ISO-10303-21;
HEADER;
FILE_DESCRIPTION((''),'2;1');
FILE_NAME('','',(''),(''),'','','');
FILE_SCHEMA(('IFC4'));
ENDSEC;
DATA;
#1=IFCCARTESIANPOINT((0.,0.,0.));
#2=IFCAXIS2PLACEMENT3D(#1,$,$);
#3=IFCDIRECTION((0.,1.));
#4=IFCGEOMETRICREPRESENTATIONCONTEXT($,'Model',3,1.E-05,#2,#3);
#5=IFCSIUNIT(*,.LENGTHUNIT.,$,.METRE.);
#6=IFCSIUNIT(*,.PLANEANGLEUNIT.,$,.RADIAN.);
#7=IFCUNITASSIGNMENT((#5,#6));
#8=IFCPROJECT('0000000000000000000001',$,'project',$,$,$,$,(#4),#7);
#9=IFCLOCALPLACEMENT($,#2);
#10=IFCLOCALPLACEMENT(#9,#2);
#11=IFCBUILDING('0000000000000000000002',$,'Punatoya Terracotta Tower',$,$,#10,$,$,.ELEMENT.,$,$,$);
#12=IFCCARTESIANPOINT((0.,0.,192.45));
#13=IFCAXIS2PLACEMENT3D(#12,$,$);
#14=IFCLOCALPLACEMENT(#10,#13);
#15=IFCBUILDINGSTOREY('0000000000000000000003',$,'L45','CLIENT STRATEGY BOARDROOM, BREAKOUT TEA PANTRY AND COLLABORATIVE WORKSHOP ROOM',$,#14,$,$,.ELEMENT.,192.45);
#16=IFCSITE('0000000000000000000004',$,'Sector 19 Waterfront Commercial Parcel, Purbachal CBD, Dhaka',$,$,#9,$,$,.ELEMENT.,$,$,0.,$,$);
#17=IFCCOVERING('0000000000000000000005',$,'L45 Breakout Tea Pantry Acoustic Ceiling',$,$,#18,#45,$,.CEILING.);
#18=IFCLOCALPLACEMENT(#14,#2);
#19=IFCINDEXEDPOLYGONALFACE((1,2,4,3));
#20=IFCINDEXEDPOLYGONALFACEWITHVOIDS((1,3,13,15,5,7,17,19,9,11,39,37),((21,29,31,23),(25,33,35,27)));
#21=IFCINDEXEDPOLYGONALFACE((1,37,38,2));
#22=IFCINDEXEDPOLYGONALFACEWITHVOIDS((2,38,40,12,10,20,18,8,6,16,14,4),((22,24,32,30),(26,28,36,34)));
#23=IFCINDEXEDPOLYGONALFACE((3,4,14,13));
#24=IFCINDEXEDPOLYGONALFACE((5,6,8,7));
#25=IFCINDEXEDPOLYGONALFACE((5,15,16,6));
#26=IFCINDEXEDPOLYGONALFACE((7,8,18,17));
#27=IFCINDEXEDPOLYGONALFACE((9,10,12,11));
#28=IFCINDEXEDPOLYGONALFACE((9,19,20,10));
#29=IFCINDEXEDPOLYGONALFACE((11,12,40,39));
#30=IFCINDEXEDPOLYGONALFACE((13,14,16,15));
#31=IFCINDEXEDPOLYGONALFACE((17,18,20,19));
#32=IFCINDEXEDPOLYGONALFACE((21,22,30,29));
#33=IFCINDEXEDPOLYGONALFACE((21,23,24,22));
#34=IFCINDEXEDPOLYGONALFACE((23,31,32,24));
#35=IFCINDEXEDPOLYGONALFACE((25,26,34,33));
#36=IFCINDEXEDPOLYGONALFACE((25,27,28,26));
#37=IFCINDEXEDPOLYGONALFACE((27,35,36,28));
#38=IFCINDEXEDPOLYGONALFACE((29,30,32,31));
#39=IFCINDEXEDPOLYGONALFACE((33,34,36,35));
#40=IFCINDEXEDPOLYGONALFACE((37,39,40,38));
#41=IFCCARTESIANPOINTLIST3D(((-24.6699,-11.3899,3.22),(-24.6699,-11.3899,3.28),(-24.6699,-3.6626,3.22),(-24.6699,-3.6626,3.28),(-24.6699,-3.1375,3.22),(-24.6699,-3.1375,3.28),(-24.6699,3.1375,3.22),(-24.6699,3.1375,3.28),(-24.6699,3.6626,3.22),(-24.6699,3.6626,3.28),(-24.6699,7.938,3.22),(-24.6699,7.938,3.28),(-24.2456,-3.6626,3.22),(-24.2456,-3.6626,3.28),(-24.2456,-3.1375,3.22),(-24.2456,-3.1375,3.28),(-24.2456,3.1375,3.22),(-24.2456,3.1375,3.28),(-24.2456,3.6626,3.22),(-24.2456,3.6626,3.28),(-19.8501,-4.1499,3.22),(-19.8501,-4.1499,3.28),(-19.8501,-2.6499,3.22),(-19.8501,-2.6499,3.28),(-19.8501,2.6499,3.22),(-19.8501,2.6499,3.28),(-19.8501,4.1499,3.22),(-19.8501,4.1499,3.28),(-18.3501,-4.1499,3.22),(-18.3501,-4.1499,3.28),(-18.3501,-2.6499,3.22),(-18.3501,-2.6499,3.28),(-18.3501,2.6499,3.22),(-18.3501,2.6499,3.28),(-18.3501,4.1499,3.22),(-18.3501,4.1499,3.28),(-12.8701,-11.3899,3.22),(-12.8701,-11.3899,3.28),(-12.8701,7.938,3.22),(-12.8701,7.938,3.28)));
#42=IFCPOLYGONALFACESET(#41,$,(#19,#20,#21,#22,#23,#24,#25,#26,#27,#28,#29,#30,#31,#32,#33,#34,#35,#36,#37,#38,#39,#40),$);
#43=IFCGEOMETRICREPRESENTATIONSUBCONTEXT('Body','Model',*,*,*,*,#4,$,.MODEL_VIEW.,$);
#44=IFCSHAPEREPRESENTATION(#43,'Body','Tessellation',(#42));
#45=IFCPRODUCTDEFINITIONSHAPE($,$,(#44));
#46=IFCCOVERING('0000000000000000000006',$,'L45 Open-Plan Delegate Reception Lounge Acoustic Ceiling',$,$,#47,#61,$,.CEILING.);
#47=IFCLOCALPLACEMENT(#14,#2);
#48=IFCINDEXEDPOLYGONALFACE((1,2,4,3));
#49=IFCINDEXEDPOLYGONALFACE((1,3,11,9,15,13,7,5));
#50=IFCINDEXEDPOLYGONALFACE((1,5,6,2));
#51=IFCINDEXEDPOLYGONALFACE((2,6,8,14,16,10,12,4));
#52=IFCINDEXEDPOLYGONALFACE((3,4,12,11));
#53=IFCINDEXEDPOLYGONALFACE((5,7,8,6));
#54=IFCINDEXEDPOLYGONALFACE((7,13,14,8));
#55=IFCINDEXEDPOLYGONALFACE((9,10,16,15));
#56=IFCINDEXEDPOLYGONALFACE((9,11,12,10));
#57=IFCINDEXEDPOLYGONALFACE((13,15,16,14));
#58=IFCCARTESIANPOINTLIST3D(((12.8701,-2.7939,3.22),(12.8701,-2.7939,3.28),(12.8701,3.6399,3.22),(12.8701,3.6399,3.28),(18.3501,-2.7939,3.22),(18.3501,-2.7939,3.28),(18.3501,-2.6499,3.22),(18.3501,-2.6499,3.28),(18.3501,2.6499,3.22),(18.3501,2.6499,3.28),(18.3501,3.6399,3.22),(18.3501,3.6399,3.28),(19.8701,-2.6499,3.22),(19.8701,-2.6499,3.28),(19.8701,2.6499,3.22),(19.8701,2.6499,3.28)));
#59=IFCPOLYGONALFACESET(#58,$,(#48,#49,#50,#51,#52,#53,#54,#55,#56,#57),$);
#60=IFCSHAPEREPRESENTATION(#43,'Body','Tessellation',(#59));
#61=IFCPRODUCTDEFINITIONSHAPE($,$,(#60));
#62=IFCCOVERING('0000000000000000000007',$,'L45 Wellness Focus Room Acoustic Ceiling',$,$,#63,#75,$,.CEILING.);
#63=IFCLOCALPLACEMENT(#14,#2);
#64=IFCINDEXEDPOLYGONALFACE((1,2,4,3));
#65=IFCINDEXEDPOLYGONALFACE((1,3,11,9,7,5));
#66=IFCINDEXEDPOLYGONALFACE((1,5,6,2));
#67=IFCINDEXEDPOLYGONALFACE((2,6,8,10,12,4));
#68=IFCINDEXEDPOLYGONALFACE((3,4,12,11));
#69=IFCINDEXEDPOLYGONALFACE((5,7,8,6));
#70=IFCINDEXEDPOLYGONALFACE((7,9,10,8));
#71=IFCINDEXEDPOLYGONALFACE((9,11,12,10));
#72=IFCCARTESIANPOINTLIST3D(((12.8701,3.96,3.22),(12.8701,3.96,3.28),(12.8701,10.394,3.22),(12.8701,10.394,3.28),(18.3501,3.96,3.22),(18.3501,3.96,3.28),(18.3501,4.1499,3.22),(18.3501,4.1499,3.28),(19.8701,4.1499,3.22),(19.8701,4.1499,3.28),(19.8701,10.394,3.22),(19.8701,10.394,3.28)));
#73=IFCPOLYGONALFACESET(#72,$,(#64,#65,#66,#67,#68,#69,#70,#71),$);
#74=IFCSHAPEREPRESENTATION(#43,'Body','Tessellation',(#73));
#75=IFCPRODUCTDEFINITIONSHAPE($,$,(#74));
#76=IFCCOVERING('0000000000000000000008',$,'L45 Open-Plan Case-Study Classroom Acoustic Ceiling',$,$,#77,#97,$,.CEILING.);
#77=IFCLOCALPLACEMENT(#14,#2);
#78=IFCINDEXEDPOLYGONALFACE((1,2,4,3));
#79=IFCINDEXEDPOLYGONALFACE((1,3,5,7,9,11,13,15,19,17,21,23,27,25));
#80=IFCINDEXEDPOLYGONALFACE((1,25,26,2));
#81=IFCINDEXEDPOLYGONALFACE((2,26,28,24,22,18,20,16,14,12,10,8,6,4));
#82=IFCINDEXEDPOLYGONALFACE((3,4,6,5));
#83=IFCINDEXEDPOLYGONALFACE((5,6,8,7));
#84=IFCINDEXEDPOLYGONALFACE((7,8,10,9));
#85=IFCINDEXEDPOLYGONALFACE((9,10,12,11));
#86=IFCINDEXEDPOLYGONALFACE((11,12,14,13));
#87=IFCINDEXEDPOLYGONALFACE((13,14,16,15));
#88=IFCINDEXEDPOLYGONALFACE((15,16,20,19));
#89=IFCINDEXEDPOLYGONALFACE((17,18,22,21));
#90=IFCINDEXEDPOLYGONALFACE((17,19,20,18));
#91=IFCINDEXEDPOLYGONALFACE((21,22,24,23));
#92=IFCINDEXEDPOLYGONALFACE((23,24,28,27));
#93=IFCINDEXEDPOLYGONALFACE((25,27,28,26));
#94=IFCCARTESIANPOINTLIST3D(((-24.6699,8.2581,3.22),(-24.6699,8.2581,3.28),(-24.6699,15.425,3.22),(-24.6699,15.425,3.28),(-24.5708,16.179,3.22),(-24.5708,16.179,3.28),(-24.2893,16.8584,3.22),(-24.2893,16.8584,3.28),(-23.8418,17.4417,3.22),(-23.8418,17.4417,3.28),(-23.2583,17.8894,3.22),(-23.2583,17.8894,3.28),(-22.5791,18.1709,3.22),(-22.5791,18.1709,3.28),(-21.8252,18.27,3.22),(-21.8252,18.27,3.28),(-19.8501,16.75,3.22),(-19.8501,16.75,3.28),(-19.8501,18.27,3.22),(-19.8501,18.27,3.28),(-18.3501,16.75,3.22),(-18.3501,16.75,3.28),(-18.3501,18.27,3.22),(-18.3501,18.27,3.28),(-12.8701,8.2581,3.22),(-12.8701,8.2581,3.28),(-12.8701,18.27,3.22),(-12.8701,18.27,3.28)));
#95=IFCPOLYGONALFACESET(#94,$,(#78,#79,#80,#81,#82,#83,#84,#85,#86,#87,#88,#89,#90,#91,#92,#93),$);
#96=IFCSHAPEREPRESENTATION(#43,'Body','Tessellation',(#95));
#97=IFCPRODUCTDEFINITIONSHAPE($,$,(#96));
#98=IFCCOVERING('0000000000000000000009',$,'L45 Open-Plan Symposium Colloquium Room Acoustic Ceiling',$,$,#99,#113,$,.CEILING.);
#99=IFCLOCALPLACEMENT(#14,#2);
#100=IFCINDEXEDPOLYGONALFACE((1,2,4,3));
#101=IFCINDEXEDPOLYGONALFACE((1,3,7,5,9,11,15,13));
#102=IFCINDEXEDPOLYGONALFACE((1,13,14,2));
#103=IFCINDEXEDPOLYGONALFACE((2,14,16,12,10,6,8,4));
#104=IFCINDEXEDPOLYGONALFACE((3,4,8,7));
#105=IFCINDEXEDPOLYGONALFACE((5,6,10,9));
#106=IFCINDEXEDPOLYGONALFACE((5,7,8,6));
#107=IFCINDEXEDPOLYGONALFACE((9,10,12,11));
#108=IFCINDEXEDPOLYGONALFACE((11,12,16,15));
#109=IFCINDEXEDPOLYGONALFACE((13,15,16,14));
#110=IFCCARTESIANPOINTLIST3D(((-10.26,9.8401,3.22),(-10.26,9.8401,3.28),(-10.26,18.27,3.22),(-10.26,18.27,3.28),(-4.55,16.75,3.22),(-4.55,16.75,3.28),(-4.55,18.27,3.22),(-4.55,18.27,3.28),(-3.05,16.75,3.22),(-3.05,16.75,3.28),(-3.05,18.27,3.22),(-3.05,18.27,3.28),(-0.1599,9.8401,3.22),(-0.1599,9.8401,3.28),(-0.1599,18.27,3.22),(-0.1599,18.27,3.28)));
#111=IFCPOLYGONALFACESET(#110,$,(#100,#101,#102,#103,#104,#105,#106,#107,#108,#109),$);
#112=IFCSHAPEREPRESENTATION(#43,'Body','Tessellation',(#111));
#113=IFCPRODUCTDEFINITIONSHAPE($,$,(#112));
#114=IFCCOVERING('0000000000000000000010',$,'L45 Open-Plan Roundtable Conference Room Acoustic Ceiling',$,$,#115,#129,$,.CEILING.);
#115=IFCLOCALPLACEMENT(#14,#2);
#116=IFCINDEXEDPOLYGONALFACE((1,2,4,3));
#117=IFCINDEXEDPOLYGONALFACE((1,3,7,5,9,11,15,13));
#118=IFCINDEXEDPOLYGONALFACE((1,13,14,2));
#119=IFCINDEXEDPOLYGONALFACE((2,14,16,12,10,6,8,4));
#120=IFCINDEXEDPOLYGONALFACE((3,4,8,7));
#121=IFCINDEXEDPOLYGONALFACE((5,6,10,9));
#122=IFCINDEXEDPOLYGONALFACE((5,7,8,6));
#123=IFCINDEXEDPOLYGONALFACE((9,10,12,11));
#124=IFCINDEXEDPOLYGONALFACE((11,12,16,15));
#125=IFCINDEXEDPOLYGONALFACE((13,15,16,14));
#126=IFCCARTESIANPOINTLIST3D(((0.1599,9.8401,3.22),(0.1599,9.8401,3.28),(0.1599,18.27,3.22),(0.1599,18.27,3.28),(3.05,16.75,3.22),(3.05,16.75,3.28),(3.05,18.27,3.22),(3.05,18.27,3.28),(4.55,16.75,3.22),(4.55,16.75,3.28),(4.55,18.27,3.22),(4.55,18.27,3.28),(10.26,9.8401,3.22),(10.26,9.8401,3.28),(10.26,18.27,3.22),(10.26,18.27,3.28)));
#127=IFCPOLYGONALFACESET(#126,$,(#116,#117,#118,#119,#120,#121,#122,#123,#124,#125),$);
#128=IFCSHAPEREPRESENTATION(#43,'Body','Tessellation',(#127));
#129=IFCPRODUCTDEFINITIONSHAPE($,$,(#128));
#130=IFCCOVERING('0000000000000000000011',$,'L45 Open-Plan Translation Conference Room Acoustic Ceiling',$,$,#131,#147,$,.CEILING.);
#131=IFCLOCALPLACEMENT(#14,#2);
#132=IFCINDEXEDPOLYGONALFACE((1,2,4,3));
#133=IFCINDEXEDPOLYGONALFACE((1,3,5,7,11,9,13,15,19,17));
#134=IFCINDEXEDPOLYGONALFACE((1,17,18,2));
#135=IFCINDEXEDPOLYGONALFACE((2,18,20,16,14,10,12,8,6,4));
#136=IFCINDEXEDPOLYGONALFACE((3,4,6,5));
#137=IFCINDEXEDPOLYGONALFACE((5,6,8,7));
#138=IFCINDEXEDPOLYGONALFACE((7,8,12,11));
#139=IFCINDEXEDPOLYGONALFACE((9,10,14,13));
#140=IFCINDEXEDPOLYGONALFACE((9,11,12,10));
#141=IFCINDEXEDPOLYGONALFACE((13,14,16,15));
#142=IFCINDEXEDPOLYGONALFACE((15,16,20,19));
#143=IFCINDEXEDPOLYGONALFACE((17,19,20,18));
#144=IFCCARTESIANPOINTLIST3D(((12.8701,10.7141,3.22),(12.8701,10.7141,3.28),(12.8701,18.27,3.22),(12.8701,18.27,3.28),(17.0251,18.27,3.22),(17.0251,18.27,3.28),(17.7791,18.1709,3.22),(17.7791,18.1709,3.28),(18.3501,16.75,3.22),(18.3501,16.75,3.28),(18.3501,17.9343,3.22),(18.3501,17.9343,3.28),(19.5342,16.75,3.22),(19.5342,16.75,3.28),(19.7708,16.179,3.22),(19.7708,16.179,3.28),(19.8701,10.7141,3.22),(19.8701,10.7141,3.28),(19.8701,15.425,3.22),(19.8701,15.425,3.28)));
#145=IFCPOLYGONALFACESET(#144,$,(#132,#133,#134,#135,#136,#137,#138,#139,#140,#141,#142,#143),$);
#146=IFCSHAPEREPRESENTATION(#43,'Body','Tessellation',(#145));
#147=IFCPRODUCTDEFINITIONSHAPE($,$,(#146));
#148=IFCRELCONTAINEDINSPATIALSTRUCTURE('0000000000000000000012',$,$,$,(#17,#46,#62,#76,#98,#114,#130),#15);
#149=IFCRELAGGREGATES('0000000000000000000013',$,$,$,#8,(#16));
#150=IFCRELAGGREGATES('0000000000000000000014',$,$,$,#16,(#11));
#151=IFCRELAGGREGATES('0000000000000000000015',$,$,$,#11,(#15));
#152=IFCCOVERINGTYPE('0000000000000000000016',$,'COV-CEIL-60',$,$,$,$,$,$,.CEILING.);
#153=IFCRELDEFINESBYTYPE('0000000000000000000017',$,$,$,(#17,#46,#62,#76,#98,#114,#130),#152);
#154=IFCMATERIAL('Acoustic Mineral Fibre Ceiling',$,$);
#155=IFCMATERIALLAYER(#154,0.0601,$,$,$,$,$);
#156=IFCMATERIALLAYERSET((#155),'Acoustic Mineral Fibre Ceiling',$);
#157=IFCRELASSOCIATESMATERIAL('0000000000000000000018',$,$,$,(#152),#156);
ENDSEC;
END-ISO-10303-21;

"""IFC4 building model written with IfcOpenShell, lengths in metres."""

from ifc_helpers import new_model, si_unit, direction, frame, origin, place, context, subcontext, project, spatial, polyline, outline, extrude, material, layer, layer_set, type_object, element, save


model = new_model("IFC4")

# Units and contexts
model_context = context("Model", 3, precision=1e-05, world=origin(), true_north=direction((0.0, 1.0)))
body_context = subcontext(model_context, "Body", "Model", "MODEL_VIEW")
ifc_project = project(units=[si_unit("LENGTHUNIT", "METRE"), si_unit("PLANEANGLEUNIT", "RADIAN")], contexts=[model_context])

# Site, building, storey
site_placement = place(None, origin())
site = spatial("IfcSite", under=ifc_project, at=site_placement, Name="Sector 19 Waterfront Commercial Parcel, Purbachal CBD, Dhaka", CompositionType="ELEMENT", RefElevation=0.0)
building_placement = place(site_placement, origin())
building = spatial("IfcBuilding", under=site, at=building_placement, Name="Punatoya Terracotta Tower", CompositionType="ELEMENT")
storey_placement = place(building_placement, frame((0.0, 0.0, 192.45)))
storey = spatial("IfcBuildingStorey", under=building, at=storey_placement, Name="L45", Description="CLIENT STRATEGY BOARDROOM, BREAKOUT TEA PANTRY AND COLLABORATIVE WORKSHOP ROOM", CompositionType="ELEMENT", Elevation=192.45)

# Coverings
ifc_material_1 = material(Name="Acoustic Mineral Fibre Ceiling")
ifc_layer_1 = layer(ifc_material_1, 0.0601)
ifc_layer_set_1 = layer_set([ifc_layer_1], Name="Acoustic Mineral Fibre Ceiling")
covering_type = type_object("IfcCoveringType", Name="COV-CEIL-60", PredefinedType="CEILING", material=ifc_layer_set_1)
covering_1_placement = place(storey_placement, frame((0.0, 0.0, 3.22)))
element("IfcCovering", 1, at=covering_1_placement, inside=storey, type_object=covering_type, Name="L45 Breakout Tea Pantry Acoustic Ceiling", PredefinedType="CEILING", context=body_context, shape_type="SweptSolid", body=[
    extrude(outline(polyline([(-24.6699, -3.6626), (-24.6699, -11.3899), (-12.8701, -11.3899), (-12.8701, 7.938), (-24.6699, 7.938), (-24.6699, 3.6626), (-24.2456, 3.6626), (-24.2456, 3.1375), (-24.6699, 3.1375), (-24.6699, -3.1375), (-24.2456, -3.1375), (-24.2456, -3.6626), (-24.6699, -3.6626)]), holes=[polyline([(-18.3501, -4.1499), (-19.8501, -4.1499), (-19.8501, -2.6499), (-18.3501, -2.6499), (-18.3501, -4.1499)]), polyline([(-18.3501, 4.1499), (-18.3501, 2.6499), (-19.8501, 2.6499), (-19.8501, 4.1499), (-18.3501, 4.1499)])]), origin(), (0.0, 0.0, 1.0), 0.0601),
])
covering_2_placement = place(storey_placement, frame((0.0, 0.0, 3.22)))
element("IfcCovering", 2, at=covering_2_placement, inside=storey, type_object=covering_type, Name="L45 Open-Plan Delegate Reception Lounge Acoustic Ceiling", PredefinedType="CEILING", context=body_context, shape_type="SweptSolid", body=[
    extrude(outline(polyline([(18.3501, -2.7939), (18.3501, -2.6499), (19.8701, -2.6499), (19.8701, 2.6499), (18.3501, 2.6499), (18.3501, 3.6399), (12.8701, 3.6399), (12.8701, -2.7939), (18.3501, -2.7939)])), origin(), (0.0, 0.0, 1.0), 0.0601),
])
covering_3_placement = place(storey_placement, frame((0.0, 0.0, 3.22)))
element("IfcCovering", 3, at=covering_3_placement, inside=storey, type_object=covering_type, Name="L45 Wellness Focus Room Acoustic Ceiling", PredefinedType="CEILING", context=body_context, shape_type="SweptSolid", body=[
    extrude(outline(polyline([(18.3501, 3.96), (18.3501, 4.1499), (19.8701, 4.1499), (19.8701, 10.394), (12.8701, 10.394), (12.8701, 3.96), (18.3501, 3.96)])), origin(), (0.0, 0.0, 1.0), 0.0601),
])
covering_4_placement = place(storey_placement, frame((0.0, 0.0, 3.22)))
element("IfcCovering", 4, at=covering_4_placement, inside=storey, type_object=covering_type, Name="L45 Open-Plan Case-Study Classroom Acoustic Ceiling", PredefinedType="CEILING", context=body_context, shape_type="SweptSolid", body=[
    extrude(outline(polyline([(-24.6699, 15.425), (-24.6699, 8.2581), (-12.8701, 8.2581), (-12.8701, 18.27), (-18.3501, 18.27), (-18.3501, 16.75), (-19.8501, 16.75), (-19.8501, 18.27), (-21.8252, 18.27), (-22.5791, 18.1709), (-23.2583, 17.8894), (-23.8418, 17.4417), (-24.2893, 16.8584), (-24.5708, 16.179), (-24.6699, 15.425)])), origin(), (0.0, 0.0, 1.0), 0.0601),
])
covering_5_placement = place(storey_placement, frame((0.0, 0.0, 3.22)))
element("IfcCovering", 5, at=covering_5_placement, inside=storey, type_object=covering_type, Name="L45 Open-Plan Symposium Colloquium Room Acoustic Ceiling", PredefinedType="CEILING", context=body_context, shape_type="SweptSolid", body=[
    extrude(outline(polyline([(-10.26, 18.27), (-10.26, 9.8401), (-0.1599, 9.8401), (-0.1599, 18.27), (-3.05, 18.27), (-3.05, 16.75), (-4.55, 16.75), (-4.55, 18.27), (-10.26, 18.27)])), origin(), (0.0, 0.0, 1.0), 0.0601),
])
covering_6_placement = place(storey_placement, frame((0.0, 0.0, 3.22)))
element("IfcCovering", 6, at=covering_6_placement, inside=storey, type_object=covering_type, Name="L45 Open-Plan Roundtable Conference Room Acoustic Ceiling", PredefinedType="CEILING", context=body_context, shape_type="SweptSolid", body=[
    extrude(outline(polyline([(3.05, 18.27), (0.1599, 18.27), (0.1599, 9.8401), (10.26, 9.8401), (10.26, 18.27), (4.55, 18.27), (4.55, 16.75), (3.05, 16.75), (3.05, 18.27)])), origin(), (0.0, 0.0, 1.0), 0.0601),
])
covering_7_placement = place(storey_placement, frame((0.0, 0.0, 3.22)))
element("IfcCovering", 7, at=covering_7_placement, inside=storey, type_object=covering_type, Name="L45 Open-Plan Translation Conference Room Acoustic Ceiling", PredefinedType="CEILING", context=body_context, shape_type="SweptSolid", body=[
    extrude(outline(polyline([(17.7791, 18.1709), (17.0251, 18.27), (12.8701, 18.27), (12.8701, 10.7141), (19.8701, 10.7141), (19.8701, 15.425), (19.7708, 16.179), (19.5342, 16.75), (18.3501, 16.75), (18.3501, 17.9343), (17.7791, 18.1709)])), origin(), (0.0, 0.0, 1.0), 0.0601),
])

save(model, "model.ifc")
